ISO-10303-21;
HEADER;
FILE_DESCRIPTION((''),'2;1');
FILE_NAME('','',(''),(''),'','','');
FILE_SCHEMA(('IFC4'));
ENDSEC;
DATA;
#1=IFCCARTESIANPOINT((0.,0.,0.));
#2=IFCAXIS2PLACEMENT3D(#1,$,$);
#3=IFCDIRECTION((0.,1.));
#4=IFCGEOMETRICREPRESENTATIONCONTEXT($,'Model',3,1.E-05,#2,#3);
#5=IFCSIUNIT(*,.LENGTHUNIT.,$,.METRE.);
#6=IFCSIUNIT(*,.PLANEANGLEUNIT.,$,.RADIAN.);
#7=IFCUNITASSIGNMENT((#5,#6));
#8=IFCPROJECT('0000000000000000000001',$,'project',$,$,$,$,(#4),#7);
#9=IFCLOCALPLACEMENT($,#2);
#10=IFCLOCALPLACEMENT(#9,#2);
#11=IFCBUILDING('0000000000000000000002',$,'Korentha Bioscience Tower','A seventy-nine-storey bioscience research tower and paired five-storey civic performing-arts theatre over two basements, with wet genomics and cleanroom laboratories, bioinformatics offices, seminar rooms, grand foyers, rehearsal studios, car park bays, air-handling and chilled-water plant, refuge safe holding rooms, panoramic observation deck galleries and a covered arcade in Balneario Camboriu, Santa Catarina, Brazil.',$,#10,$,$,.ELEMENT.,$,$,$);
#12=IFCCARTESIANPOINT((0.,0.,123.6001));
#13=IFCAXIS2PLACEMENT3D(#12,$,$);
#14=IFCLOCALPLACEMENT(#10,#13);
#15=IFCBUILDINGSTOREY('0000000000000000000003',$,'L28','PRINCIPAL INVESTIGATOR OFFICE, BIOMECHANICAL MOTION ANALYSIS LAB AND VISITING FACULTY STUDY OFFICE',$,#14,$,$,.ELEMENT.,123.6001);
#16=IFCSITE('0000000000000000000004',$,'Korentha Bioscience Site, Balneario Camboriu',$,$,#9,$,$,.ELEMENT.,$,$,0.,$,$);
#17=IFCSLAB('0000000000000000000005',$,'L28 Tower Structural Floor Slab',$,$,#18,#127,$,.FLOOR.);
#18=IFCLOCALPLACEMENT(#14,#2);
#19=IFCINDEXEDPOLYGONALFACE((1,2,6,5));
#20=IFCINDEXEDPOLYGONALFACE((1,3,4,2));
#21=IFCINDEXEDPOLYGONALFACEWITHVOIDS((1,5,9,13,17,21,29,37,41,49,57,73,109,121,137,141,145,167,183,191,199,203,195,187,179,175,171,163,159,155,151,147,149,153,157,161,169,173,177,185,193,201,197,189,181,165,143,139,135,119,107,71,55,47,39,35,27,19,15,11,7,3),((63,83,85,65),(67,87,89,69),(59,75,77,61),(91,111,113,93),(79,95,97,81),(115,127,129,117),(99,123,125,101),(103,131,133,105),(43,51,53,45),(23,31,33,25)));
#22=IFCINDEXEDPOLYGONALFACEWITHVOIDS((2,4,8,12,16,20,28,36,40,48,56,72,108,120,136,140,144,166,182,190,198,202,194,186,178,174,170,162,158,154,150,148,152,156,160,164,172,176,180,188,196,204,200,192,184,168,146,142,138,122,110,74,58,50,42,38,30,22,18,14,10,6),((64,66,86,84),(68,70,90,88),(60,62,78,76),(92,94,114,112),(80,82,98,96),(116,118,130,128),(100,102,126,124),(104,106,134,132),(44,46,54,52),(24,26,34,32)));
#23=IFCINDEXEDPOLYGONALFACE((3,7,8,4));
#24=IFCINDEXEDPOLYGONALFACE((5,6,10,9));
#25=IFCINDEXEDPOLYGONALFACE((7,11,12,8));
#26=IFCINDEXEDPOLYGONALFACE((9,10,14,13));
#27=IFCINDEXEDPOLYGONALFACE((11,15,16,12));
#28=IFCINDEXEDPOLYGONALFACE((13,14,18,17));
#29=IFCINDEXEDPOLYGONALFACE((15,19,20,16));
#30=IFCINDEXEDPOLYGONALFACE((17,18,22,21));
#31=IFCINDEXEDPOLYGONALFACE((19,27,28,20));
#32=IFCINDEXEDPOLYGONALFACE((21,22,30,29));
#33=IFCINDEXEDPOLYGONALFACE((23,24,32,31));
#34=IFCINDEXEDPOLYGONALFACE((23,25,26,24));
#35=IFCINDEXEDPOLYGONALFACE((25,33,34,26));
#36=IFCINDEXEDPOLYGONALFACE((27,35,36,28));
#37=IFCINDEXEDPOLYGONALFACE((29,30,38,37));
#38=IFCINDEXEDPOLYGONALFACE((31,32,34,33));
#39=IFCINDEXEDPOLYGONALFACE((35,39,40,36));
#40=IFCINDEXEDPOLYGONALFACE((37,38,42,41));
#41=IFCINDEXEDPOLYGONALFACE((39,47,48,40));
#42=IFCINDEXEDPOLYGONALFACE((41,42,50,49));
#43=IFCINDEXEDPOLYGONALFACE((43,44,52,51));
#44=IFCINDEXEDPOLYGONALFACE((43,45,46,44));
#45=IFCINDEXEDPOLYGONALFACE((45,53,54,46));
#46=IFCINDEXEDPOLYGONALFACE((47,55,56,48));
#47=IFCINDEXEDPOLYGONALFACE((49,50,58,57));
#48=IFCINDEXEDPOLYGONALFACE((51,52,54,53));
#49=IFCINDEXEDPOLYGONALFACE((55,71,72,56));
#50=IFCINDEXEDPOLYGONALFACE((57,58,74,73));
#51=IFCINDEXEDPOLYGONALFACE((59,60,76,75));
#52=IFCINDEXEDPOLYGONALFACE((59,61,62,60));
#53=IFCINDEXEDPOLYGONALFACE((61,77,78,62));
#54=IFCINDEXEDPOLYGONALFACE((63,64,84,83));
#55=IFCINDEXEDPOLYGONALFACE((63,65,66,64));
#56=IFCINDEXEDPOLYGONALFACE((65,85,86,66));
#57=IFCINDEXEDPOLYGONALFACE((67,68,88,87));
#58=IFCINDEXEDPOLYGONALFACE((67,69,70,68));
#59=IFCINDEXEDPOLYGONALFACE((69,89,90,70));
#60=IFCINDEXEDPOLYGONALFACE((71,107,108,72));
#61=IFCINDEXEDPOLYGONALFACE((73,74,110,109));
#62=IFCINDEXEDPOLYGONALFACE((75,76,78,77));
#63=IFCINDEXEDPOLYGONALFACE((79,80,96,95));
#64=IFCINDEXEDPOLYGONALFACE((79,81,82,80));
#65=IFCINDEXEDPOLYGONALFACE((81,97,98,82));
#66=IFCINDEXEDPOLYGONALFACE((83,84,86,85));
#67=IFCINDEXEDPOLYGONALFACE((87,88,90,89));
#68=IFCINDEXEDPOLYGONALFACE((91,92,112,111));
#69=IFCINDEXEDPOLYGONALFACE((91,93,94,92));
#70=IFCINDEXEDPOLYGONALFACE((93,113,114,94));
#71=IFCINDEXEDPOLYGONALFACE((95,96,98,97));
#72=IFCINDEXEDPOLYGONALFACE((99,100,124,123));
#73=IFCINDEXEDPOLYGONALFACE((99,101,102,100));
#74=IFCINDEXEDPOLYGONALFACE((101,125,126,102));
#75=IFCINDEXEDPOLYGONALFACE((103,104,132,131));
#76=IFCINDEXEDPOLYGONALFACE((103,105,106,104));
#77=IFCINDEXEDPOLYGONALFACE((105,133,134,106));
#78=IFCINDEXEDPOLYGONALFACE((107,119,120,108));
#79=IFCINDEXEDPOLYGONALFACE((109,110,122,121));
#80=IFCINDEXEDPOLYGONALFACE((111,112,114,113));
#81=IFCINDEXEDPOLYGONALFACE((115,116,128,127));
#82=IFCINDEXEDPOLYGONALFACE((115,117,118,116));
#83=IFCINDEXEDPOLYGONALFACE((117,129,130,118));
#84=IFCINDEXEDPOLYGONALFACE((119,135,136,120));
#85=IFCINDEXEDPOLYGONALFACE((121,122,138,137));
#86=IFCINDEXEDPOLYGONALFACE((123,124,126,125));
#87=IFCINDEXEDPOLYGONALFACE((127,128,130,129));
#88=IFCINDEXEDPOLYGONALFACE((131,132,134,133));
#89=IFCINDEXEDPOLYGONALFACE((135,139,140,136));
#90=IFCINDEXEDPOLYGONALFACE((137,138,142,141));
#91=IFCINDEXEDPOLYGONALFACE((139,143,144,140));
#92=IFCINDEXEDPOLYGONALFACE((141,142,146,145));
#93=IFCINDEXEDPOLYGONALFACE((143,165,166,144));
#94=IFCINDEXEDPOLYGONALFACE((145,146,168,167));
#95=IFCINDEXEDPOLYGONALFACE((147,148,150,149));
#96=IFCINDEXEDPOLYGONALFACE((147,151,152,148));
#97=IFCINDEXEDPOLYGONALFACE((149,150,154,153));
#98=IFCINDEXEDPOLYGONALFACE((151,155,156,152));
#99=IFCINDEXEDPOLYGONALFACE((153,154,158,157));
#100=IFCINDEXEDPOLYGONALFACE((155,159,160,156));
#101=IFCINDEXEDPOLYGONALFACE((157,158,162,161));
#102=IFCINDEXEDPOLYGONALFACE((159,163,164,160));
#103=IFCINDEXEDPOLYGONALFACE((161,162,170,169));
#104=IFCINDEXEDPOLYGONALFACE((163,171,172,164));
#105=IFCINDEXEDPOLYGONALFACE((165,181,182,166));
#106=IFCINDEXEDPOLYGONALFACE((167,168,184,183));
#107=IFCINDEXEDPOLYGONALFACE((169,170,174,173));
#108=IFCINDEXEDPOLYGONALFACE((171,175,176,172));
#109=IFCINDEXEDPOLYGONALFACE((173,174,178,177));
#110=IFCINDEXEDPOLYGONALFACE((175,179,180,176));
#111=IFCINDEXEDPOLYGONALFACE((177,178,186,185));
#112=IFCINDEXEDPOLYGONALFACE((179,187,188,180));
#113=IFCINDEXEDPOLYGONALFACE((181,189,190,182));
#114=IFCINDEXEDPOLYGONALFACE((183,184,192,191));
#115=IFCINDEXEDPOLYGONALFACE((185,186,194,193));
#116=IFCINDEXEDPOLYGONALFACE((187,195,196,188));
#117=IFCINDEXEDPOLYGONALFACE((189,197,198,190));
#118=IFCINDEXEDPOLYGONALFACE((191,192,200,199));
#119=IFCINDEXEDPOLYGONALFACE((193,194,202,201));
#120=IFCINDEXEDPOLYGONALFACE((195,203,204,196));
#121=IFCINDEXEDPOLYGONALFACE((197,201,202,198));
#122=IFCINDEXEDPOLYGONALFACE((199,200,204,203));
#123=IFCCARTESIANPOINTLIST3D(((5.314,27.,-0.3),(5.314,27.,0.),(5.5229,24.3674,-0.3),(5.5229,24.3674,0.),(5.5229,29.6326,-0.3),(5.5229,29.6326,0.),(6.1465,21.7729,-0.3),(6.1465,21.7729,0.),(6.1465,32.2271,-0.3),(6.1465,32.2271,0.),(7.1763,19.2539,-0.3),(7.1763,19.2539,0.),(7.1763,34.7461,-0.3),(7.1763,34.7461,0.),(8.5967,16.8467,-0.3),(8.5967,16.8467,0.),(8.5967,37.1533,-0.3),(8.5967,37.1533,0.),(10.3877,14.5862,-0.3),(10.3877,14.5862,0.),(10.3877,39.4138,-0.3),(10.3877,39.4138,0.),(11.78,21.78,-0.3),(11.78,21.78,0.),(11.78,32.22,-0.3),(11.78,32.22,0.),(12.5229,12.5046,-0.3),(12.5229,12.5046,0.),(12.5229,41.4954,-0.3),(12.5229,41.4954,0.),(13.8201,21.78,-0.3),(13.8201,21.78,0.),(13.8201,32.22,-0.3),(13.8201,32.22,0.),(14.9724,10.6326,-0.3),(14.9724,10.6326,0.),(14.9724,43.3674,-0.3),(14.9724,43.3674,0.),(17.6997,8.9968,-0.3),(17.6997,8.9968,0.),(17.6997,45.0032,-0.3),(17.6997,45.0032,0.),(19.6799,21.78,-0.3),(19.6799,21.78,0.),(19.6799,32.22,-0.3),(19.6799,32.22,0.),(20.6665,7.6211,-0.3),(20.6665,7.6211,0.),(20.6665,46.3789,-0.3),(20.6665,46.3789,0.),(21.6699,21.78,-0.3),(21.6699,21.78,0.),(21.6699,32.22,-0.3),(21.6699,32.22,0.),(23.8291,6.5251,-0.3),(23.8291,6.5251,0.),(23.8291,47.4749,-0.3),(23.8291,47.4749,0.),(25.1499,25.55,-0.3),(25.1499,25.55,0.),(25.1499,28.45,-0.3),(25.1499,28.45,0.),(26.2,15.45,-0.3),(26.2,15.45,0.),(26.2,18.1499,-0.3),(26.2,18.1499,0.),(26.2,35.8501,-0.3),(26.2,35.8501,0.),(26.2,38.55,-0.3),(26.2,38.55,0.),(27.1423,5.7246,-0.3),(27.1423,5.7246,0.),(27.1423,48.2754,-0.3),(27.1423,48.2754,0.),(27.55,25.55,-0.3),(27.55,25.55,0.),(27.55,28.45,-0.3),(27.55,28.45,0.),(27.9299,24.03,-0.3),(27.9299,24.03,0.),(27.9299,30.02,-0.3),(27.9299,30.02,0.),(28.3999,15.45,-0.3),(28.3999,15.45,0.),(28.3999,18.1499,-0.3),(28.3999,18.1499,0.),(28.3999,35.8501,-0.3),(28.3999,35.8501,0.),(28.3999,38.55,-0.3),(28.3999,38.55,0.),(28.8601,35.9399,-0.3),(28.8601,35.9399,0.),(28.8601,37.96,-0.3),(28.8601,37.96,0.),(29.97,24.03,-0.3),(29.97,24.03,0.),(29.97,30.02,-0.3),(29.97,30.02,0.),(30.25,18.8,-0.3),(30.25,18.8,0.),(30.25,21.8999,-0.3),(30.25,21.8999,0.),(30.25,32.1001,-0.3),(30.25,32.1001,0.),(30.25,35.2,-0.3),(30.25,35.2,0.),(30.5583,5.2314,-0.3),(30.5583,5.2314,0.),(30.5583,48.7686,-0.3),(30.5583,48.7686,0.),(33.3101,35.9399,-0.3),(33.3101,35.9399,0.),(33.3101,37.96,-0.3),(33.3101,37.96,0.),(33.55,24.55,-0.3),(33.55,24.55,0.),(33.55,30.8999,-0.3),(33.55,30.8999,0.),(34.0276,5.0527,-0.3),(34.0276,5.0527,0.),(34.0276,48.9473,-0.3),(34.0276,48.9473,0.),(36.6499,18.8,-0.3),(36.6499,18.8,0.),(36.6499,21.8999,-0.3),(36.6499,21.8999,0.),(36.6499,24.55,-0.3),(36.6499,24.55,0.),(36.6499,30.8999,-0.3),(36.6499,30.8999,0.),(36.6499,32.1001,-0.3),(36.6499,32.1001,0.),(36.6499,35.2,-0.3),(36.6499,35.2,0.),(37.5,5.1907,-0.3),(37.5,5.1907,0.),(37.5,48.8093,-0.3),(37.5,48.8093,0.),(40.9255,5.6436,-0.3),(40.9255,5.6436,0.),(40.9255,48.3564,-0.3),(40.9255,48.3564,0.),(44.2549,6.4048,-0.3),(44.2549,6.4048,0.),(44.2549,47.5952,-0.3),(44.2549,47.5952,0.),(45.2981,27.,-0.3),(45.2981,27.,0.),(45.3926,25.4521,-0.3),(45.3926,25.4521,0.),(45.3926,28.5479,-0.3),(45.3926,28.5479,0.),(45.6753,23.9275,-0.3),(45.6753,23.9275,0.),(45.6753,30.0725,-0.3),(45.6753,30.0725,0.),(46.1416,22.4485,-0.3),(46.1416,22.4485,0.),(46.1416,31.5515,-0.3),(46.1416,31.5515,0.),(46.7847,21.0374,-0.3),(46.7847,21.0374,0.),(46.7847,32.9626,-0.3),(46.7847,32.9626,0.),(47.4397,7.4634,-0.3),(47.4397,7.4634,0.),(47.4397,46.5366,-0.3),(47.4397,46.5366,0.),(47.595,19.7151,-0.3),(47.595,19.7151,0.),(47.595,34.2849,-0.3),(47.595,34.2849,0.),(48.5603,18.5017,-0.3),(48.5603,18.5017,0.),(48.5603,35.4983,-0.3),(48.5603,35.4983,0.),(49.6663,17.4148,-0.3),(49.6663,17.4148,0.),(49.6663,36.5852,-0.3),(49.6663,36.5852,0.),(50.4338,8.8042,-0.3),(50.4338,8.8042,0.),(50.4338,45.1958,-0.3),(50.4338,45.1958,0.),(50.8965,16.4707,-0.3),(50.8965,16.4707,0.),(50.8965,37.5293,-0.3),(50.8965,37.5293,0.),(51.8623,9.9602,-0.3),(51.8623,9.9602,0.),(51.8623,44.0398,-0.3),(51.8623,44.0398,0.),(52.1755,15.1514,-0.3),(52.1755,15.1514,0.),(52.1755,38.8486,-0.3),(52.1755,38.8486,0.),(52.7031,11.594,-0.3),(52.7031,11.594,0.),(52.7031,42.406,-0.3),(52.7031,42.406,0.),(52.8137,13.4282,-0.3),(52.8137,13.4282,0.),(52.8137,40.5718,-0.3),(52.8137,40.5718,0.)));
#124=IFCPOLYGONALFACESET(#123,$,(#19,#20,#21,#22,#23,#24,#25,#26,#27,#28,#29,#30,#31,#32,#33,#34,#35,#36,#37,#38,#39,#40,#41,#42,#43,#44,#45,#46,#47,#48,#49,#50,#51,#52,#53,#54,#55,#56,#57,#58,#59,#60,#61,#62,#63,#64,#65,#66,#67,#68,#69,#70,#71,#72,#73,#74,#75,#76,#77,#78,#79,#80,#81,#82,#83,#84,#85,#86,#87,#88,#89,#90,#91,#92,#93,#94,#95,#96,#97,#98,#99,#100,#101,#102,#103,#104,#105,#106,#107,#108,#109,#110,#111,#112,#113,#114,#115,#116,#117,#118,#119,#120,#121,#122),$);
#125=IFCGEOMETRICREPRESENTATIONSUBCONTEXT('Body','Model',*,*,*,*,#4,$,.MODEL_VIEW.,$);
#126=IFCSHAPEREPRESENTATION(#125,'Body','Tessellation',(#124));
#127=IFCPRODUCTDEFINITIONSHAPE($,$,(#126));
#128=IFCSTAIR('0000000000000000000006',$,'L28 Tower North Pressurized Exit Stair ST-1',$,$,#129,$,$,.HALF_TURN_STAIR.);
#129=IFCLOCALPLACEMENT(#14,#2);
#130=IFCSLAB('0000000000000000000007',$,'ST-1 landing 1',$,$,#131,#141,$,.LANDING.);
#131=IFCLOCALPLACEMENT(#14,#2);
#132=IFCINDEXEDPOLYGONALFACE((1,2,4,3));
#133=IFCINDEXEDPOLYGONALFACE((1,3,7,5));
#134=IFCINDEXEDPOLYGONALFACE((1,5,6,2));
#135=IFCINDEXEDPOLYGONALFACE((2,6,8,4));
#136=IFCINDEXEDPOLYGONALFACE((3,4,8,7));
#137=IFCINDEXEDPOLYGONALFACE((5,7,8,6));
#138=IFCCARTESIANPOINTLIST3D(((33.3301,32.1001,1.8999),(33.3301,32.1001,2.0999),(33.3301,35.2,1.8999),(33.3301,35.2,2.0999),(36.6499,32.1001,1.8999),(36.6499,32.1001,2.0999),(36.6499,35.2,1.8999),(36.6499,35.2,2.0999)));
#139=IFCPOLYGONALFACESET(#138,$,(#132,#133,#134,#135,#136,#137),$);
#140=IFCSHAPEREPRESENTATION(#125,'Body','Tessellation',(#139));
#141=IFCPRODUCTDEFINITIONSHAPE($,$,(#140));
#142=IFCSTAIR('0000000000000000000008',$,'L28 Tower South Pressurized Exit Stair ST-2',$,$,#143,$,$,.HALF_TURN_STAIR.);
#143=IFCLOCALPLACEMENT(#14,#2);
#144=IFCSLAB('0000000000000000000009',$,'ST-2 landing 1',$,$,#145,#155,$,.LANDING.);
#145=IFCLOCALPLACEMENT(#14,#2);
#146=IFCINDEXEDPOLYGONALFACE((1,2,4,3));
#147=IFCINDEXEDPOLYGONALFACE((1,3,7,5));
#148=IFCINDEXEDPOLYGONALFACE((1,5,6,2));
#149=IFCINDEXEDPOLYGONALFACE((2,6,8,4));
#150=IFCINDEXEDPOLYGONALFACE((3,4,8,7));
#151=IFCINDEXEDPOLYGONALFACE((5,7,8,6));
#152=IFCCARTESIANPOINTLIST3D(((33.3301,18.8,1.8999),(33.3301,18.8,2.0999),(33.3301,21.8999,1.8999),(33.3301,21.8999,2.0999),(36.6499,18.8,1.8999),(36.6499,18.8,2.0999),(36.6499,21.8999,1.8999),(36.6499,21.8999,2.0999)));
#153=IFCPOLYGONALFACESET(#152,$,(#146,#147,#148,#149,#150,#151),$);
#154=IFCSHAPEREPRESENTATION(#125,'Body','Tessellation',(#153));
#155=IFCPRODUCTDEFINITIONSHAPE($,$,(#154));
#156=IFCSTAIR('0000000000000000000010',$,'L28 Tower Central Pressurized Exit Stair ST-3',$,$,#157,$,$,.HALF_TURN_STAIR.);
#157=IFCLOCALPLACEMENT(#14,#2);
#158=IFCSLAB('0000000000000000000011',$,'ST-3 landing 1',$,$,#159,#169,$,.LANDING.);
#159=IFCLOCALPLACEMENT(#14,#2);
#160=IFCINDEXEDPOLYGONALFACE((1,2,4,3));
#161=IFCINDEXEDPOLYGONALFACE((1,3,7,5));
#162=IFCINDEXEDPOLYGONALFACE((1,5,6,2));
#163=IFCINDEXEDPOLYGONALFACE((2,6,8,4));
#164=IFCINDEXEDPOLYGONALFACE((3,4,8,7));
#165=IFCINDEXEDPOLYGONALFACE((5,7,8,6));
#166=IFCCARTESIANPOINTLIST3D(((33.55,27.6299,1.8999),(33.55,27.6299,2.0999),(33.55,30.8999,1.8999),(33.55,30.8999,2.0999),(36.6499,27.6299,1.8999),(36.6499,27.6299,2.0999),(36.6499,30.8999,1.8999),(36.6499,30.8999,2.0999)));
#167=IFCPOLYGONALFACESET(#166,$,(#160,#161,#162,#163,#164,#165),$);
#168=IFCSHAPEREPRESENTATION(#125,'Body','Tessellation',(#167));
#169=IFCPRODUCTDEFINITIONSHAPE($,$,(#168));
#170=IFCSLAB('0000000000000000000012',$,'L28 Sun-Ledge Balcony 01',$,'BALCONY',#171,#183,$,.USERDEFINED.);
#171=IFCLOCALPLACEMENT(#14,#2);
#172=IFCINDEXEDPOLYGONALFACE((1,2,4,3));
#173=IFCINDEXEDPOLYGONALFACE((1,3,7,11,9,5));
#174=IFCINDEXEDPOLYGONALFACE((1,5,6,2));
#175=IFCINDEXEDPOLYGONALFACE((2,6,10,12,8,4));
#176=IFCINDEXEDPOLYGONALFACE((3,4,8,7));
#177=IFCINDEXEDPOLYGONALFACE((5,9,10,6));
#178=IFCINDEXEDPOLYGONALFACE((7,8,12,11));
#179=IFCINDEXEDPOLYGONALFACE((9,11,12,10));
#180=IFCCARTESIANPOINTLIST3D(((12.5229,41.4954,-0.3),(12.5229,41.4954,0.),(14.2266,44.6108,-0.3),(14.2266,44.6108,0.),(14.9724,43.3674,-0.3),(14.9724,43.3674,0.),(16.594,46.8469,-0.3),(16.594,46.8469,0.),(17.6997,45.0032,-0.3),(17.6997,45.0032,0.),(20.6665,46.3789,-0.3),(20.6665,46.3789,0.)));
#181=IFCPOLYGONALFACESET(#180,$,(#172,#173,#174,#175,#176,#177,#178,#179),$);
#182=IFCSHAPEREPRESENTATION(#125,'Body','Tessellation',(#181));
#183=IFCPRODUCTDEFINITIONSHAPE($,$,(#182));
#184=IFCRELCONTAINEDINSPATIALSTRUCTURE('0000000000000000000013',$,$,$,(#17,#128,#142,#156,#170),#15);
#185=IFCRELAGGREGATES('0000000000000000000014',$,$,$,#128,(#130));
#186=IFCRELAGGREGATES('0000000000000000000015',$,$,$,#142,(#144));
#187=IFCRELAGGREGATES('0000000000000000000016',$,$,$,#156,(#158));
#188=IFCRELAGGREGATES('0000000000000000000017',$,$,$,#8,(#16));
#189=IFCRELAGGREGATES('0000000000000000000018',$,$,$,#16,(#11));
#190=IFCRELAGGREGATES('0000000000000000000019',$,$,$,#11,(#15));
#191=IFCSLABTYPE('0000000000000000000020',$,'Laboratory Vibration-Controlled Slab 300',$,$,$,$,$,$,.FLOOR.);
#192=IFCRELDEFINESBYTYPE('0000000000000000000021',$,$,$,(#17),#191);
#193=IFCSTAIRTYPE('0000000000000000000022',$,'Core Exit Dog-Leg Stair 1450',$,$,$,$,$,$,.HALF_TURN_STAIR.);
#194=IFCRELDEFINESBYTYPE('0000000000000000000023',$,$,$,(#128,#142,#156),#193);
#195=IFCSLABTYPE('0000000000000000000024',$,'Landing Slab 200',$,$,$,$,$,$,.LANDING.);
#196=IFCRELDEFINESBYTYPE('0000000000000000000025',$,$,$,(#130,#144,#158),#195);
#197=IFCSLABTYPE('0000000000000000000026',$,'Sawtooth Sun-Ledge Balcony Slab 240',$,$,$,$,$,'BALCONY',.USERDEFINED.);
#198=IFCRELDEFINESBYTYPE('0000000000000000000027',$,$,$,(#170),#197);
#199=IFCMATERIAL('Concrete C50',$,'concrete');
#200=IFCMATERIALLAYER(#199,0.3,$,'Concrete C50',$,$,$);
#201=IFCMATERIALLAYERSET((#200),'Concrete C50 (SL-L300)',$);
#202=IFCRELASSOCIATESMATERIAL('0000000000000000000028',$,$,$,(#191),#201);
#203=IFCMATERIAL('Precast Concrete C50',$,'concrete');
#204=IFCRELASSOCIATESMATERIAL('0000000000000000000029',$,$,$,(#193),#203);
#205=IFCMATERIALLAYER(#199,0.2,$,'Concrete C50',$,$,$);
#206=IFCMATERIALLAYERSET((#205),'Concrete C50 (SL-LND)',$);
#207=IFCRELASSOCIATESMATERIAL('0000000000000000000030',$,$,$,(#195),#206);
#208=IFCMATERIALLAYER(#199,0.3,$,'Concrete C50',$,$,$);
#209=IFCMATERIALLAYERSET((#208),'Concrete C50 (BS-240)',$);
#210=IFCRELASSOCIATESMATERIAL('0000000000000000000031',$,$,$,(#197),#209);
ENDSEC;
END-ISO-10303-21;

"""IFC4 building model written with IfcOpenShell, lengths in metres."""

from ifc_helpers import new_model, si_unit, direction, frame, origin, place, context, subcontext, project, spatial, polyline, outline, extrude, material, layer, layer_set, type_object, element, aggregate, save


model = new_model("IFC4")

# Units and contexts
model_context = context("Model", 3, precision=1e-05, world=origin(), true_north=direction((0.0, 1.0)))
body_context = subcontext(model_context, "Body", "Model", "MODEL_VIEW")
ifc_project = project(units=[si_unit("LENGTHUNIT", "METRE"), si_unit("PLANEANGLEUNIT", "RADIAN")], contexts=[model_context])

# Site, building, storey
site_placement = place(None, origin())
site = spatial("IfcSite", under=ifc_project, at=site_placement, Name="Korentha Bioscience Site, Balneario Camboriu", CompositionType="ELEMENT", RefElevation=0.0)
building_placement = place(site_placement, origin())
building = spatial("IfcBuilding", under=site, at=building_placement, Name="Korentha Bioscience Tower", Description="A seventy-nine-storey bioscience research tower and paired five-storey civic performing-arts theatre over two basements, with wet genomics and cleanroom laboratories, bioinformatics offices, seminar rooms, grand foyers, rehearsal studios, car park bays, air-handling and chilled-water plant, refuge safe holding rooms, panoramic observation deck galleries and a covered arcade in Balneario Camboriu, Santa Catarina, Brazil.", CompositionType="ELEMENT")
storey_placement = place(building_placement, frame((0.0, 0.0, 123.6001)))
storey = spatial("IfcBuildingStorey", under=building, at=storey_placement, Name="L28", Description="PRINCIPAL INVESTIGATOR OFFICE, BIOMECHANICAL MOTION ANALYSIS LAB AND VISITING FACULTY STUDY OFFICE", CompositionType="ELEMENT", Elevation=123.6001)

# Slab
ifc_material_1 = material(Name="Concrete C50", Category="concrete")
ifc_layer_1 = layer(ifc_material_1, 0.3, Name="Concrete C50")
ifc_layer_set_1 = layer_set([ifc_layer_1], Name="Concrete C50 (SL-L300)")
slab_type_1 = type_object("IfcSlabType", Name="Laboratory Vibration-Controlled Slab 300", PredefinedType="FLOOR", material=ifc_layer_set_1)
slab_1_placement = place(storey_placement, frame((0.0, 0.0, -0.3)))
element("IfcSlab", 1, at=slab_1_placement, inside=storey, type_object=slab_type_1, Name="L28 Tower Structural Floor Slab", PredefinedType="FLOOR", context=body_context, shape_type="SweptSolid", body=[
    extrude(outline(polyline([(50.4338, 45.1958), (47.4397, 46.5366), (44.2549, 47.5952), (40.9255, 48.3564), (37.5, 48.8093), (34.0276, 48.9473), (30.5583, 48.7686), (27.1423, 48.2754), (23.8291, 47.4749), (20.6665, 46.3789), (17.6997, 45.0032), (14.9724, 43.3674), (12.5229, 41.4954), (10.3877, 39.4138), (8.5967, 37.1533), (7.1763, 34.7461), (6.1465, 32.2271), (5.5229, 29.6326), (5.314, 27.0), (5.5229, 24.3674), (6.1465, 21.7729), (7.1763, 19.2539), (8.5967, 16.8467), (10.3877, 14.5862), (12.5229, 12.5046), (14.9724, 10.6326), (17.6997, 8.9968), (20.6665, 7.6211), (23.8291, 6.5251), (27.1423, 5.7246), (30.5583, 5.2314), (34.0276, 5.0527), (37.5, 5.1907), (40.9255, 5.6436), (44.2549, 6.4048), (47.4397, 7.4634), (50.4338, 8.8042), (51.8623, 9.9602), (52.7031, 11.594), (52.8137, 13.4282), (52.1755, 15.1514), (50.8965, 16.4707), (49.6663, 17.4148), (48.5603, 18.5017), (47.595, 19.7151), (46.7847, 21.0374), (46.1416, 22.4485), (45.6753, 23.9275), (45.3926, 25.4521), (45.2981, 27.0), (45.3926, 28.5479), (45.6753, 30.0725), (46.1416, 31.5515), (46.7847, 32.9626), (47.595, 34.2849), (48.5603, 35.4983), (49.6663, 36.5852), (50.8965, 37.5293), (52.1755, 38.8486), (52.8137, 40.5718), (52.7031, 42.406), (51.8623, 44.0398), (50.4338, 45.1958)]), holes=[polyline([(30.25, 32.1001), (36.6499, 32.1001), (36.6499, 35.2), (30.25, 35.2), (30.25, 32.1001)]), polyline([(30.25, 18.8), (36.6499, 18.8), (36.6499, 21.8999), (30.25, 21.8999), (30.25, 18.8)]), polyline([(36.6499, 24.55), (36.6499, 30.8999), (33.55, 30.8999), (33.55, 24.55), (36.6499, 24.55)]), polyline([(11.78, 21.78), (13.8201, 21.78), (13.8201, 32.22), (11.78, 32.22), (11.78, 21.78)]), polyline([(19.6799, 21.78), (21.6699, 21.78), (21.6699, 32.22), (19.6799, 32.22), (19.6799, 21.78)]), polyline([(27.9299, 24.03), (29.97, 24.03), (29.97, 30.02), (27.9299, 30.02), (27.9299, 24.03)]), polyline([(28.8601, 35.9399), (33.3101, 35.9399), (33.3101, 37.96), (28.8601, 37.96), (28.8601, 35.9399)]), polyline([(26.2, 15.45), (28.3999, 15.45), (28.3999, 18.1499), (26.2, 18.1499), (26.2, 15.45)]), polyline([(26.2, 35.8501), (28.3999, 35.8501), (28.3999, 38.55), (26.2, 38.55), (26.2, 35.8501)]), polyline([(25.1499, 25.55), (27.55, 25.55), (27.55, 28.45), (25.1499, 28.45), (25.1499, 25.55)])]), origin(), (0.0, 0.0, 1.0), 0.3),
])

# Stairs, slabs
ifc_material_2 = material(Name="Precast Concrete C50", Category="concrete")
stair_type = type_object("IfcStairType", Name="Core Exit Dog-Leg Stair 1450", PredefinedType="HALF_TURN_STAIR", material=ifc_material_2)
stair_1_placement = place(storey_placement, origin())
stair_1 = element("IfcStair", 2, at=stair_1_placement, inside=storey, type_object=stair_type, Name="L28 Tower North Pressurized Exit Stair ST-1", PredefinedType="HALF_TURN_STAIR")
ifc_layer_2 = layer(ifc_material_1, 0.2, Name="Concrete C50")
ifc_layer_set_2 = layer_set([ifc_layer_2], Name="Concrete C50 (SL-LND)")
slab_type_2 = type_object("IfcSlabType", Name="Landing Slab 200", PredefinedType="LANDING", material=ifc_layer_set_2)
slab_2_placement = place(storey_placement, frame((0.0, 0.0, 1.8999)))
slab_2 = element("IfcSlab", 3, at=slab_2_placement, type_object=slab_type_2, Name="ST-1 landing 1", PredefinedType="LANDING", context=body_context, shape_type="SweptSolid", body=[
    extrude(outline(polyline([(33.3301, 32.1001), (36.6499, 32.1001), (36.6499, 35.2), (33.3301, 35.2), (33.3301, 32.1001)])), origin(), (0.0, 0.0, 1.0), 0.2),
])
aggregate(stair_1, [slab_2])
stair_2_placement = place(storey_placement, origin())
stair_2 = element("IfcStair", 4, at=stair_2_placement, inside=storey, type_object=stair_type, Name="L28 Tower South Pressurized Exit Stair ST-2", PredefinedType="HALF_TURN_STAIR")
slab_3_placement = place(storey_placement, frame((0.0, 0.0, 1.8999)))
slab_3 = element("IfcSlab", 5, at=slab_3_placement, type_object=slab_type_2, Name="ST-2 landing 1", PredefinedType="LANDING", context=body_context, shape_type="SweptSolid", body=[
    extrude(outline(polyline([(33.3301, 18.8), (36.6499, 18.8), (36.6499, 21.8999), (33.3301, 21.8999), (33.3301, 18.8)])), origin(), (0.0, 0.0, 1.0), 0.2),
])
aggregate(stair_2, [slab_3])
stair_3_placement = place(storey_placement, origin())
stair_3 = element("IfcStair", 6, at=stair_3_placement, inside=storey, type_object=stair_type, Name="L28 Tower Central Pressurized Exit Stair ST-3", PredefinedType="HALF_TURN_STAIR")
slab_4_placement = place(storey_placement, frame((0.0, 0.0, 1.8999)))
slab_4 = element("IfcSlab", 7, at=slab_4_placement, type_object=slab_type_2, Name="ST-3 landing 1", PredefinedType="LANDING", context=body_context, shape_type="SweptSolid", body=[
    extrude(outline(polyline([(36.6499, 27.6299), (36.6499, 30.8999), (33.55, 30.8999), (33.55, 27.6299), (36.6499, 27.6299)])), origin(), (0.0, 0.0, 1.0), 0.2),
])
aggregate(stair_3, [slab_4])

# Slab
ifc_layer_3 = layer(ifc_material_1, 0.3, Name="Concrete C50")
ifc_layer_set_3 = layer_set([ifc_layer_3], Name="Concrete C50 (BS-240)")
slab_type_3 = type_object("IfcSlabType", Name="Sawtooth Sun-Ledge Balcony Slab 240", ElementType="BALCONY", PredefinedType="USERDEFINED", material=ifc_layer_set_3)
slab_5_placement = place(storey_placement, frame((0.0, 0.0, -0.3)))
element("IfcSlab", 8, at=slab_5_placement, inside=storey, type_object=slab_type_3, Name="L28 Sun-Ledge Balcony 01", ObjectType="BALCONY", PredefinedType="USERDEFINED", context=body_context, shape_type="SweptSolid", body=[
    extrude(outline(polyline([(12.5229, 41.4954), (14.9724, 43.3674), (17.6997, 45.0032), (20.6665, 46.3789), (16.594, 46.8469), (14.2266, 44.6108), (12.5229, 41.4954)])), origin(), (0.0, 0.0, 1.0), 0.3),
])

save(model, "model.ifc")
